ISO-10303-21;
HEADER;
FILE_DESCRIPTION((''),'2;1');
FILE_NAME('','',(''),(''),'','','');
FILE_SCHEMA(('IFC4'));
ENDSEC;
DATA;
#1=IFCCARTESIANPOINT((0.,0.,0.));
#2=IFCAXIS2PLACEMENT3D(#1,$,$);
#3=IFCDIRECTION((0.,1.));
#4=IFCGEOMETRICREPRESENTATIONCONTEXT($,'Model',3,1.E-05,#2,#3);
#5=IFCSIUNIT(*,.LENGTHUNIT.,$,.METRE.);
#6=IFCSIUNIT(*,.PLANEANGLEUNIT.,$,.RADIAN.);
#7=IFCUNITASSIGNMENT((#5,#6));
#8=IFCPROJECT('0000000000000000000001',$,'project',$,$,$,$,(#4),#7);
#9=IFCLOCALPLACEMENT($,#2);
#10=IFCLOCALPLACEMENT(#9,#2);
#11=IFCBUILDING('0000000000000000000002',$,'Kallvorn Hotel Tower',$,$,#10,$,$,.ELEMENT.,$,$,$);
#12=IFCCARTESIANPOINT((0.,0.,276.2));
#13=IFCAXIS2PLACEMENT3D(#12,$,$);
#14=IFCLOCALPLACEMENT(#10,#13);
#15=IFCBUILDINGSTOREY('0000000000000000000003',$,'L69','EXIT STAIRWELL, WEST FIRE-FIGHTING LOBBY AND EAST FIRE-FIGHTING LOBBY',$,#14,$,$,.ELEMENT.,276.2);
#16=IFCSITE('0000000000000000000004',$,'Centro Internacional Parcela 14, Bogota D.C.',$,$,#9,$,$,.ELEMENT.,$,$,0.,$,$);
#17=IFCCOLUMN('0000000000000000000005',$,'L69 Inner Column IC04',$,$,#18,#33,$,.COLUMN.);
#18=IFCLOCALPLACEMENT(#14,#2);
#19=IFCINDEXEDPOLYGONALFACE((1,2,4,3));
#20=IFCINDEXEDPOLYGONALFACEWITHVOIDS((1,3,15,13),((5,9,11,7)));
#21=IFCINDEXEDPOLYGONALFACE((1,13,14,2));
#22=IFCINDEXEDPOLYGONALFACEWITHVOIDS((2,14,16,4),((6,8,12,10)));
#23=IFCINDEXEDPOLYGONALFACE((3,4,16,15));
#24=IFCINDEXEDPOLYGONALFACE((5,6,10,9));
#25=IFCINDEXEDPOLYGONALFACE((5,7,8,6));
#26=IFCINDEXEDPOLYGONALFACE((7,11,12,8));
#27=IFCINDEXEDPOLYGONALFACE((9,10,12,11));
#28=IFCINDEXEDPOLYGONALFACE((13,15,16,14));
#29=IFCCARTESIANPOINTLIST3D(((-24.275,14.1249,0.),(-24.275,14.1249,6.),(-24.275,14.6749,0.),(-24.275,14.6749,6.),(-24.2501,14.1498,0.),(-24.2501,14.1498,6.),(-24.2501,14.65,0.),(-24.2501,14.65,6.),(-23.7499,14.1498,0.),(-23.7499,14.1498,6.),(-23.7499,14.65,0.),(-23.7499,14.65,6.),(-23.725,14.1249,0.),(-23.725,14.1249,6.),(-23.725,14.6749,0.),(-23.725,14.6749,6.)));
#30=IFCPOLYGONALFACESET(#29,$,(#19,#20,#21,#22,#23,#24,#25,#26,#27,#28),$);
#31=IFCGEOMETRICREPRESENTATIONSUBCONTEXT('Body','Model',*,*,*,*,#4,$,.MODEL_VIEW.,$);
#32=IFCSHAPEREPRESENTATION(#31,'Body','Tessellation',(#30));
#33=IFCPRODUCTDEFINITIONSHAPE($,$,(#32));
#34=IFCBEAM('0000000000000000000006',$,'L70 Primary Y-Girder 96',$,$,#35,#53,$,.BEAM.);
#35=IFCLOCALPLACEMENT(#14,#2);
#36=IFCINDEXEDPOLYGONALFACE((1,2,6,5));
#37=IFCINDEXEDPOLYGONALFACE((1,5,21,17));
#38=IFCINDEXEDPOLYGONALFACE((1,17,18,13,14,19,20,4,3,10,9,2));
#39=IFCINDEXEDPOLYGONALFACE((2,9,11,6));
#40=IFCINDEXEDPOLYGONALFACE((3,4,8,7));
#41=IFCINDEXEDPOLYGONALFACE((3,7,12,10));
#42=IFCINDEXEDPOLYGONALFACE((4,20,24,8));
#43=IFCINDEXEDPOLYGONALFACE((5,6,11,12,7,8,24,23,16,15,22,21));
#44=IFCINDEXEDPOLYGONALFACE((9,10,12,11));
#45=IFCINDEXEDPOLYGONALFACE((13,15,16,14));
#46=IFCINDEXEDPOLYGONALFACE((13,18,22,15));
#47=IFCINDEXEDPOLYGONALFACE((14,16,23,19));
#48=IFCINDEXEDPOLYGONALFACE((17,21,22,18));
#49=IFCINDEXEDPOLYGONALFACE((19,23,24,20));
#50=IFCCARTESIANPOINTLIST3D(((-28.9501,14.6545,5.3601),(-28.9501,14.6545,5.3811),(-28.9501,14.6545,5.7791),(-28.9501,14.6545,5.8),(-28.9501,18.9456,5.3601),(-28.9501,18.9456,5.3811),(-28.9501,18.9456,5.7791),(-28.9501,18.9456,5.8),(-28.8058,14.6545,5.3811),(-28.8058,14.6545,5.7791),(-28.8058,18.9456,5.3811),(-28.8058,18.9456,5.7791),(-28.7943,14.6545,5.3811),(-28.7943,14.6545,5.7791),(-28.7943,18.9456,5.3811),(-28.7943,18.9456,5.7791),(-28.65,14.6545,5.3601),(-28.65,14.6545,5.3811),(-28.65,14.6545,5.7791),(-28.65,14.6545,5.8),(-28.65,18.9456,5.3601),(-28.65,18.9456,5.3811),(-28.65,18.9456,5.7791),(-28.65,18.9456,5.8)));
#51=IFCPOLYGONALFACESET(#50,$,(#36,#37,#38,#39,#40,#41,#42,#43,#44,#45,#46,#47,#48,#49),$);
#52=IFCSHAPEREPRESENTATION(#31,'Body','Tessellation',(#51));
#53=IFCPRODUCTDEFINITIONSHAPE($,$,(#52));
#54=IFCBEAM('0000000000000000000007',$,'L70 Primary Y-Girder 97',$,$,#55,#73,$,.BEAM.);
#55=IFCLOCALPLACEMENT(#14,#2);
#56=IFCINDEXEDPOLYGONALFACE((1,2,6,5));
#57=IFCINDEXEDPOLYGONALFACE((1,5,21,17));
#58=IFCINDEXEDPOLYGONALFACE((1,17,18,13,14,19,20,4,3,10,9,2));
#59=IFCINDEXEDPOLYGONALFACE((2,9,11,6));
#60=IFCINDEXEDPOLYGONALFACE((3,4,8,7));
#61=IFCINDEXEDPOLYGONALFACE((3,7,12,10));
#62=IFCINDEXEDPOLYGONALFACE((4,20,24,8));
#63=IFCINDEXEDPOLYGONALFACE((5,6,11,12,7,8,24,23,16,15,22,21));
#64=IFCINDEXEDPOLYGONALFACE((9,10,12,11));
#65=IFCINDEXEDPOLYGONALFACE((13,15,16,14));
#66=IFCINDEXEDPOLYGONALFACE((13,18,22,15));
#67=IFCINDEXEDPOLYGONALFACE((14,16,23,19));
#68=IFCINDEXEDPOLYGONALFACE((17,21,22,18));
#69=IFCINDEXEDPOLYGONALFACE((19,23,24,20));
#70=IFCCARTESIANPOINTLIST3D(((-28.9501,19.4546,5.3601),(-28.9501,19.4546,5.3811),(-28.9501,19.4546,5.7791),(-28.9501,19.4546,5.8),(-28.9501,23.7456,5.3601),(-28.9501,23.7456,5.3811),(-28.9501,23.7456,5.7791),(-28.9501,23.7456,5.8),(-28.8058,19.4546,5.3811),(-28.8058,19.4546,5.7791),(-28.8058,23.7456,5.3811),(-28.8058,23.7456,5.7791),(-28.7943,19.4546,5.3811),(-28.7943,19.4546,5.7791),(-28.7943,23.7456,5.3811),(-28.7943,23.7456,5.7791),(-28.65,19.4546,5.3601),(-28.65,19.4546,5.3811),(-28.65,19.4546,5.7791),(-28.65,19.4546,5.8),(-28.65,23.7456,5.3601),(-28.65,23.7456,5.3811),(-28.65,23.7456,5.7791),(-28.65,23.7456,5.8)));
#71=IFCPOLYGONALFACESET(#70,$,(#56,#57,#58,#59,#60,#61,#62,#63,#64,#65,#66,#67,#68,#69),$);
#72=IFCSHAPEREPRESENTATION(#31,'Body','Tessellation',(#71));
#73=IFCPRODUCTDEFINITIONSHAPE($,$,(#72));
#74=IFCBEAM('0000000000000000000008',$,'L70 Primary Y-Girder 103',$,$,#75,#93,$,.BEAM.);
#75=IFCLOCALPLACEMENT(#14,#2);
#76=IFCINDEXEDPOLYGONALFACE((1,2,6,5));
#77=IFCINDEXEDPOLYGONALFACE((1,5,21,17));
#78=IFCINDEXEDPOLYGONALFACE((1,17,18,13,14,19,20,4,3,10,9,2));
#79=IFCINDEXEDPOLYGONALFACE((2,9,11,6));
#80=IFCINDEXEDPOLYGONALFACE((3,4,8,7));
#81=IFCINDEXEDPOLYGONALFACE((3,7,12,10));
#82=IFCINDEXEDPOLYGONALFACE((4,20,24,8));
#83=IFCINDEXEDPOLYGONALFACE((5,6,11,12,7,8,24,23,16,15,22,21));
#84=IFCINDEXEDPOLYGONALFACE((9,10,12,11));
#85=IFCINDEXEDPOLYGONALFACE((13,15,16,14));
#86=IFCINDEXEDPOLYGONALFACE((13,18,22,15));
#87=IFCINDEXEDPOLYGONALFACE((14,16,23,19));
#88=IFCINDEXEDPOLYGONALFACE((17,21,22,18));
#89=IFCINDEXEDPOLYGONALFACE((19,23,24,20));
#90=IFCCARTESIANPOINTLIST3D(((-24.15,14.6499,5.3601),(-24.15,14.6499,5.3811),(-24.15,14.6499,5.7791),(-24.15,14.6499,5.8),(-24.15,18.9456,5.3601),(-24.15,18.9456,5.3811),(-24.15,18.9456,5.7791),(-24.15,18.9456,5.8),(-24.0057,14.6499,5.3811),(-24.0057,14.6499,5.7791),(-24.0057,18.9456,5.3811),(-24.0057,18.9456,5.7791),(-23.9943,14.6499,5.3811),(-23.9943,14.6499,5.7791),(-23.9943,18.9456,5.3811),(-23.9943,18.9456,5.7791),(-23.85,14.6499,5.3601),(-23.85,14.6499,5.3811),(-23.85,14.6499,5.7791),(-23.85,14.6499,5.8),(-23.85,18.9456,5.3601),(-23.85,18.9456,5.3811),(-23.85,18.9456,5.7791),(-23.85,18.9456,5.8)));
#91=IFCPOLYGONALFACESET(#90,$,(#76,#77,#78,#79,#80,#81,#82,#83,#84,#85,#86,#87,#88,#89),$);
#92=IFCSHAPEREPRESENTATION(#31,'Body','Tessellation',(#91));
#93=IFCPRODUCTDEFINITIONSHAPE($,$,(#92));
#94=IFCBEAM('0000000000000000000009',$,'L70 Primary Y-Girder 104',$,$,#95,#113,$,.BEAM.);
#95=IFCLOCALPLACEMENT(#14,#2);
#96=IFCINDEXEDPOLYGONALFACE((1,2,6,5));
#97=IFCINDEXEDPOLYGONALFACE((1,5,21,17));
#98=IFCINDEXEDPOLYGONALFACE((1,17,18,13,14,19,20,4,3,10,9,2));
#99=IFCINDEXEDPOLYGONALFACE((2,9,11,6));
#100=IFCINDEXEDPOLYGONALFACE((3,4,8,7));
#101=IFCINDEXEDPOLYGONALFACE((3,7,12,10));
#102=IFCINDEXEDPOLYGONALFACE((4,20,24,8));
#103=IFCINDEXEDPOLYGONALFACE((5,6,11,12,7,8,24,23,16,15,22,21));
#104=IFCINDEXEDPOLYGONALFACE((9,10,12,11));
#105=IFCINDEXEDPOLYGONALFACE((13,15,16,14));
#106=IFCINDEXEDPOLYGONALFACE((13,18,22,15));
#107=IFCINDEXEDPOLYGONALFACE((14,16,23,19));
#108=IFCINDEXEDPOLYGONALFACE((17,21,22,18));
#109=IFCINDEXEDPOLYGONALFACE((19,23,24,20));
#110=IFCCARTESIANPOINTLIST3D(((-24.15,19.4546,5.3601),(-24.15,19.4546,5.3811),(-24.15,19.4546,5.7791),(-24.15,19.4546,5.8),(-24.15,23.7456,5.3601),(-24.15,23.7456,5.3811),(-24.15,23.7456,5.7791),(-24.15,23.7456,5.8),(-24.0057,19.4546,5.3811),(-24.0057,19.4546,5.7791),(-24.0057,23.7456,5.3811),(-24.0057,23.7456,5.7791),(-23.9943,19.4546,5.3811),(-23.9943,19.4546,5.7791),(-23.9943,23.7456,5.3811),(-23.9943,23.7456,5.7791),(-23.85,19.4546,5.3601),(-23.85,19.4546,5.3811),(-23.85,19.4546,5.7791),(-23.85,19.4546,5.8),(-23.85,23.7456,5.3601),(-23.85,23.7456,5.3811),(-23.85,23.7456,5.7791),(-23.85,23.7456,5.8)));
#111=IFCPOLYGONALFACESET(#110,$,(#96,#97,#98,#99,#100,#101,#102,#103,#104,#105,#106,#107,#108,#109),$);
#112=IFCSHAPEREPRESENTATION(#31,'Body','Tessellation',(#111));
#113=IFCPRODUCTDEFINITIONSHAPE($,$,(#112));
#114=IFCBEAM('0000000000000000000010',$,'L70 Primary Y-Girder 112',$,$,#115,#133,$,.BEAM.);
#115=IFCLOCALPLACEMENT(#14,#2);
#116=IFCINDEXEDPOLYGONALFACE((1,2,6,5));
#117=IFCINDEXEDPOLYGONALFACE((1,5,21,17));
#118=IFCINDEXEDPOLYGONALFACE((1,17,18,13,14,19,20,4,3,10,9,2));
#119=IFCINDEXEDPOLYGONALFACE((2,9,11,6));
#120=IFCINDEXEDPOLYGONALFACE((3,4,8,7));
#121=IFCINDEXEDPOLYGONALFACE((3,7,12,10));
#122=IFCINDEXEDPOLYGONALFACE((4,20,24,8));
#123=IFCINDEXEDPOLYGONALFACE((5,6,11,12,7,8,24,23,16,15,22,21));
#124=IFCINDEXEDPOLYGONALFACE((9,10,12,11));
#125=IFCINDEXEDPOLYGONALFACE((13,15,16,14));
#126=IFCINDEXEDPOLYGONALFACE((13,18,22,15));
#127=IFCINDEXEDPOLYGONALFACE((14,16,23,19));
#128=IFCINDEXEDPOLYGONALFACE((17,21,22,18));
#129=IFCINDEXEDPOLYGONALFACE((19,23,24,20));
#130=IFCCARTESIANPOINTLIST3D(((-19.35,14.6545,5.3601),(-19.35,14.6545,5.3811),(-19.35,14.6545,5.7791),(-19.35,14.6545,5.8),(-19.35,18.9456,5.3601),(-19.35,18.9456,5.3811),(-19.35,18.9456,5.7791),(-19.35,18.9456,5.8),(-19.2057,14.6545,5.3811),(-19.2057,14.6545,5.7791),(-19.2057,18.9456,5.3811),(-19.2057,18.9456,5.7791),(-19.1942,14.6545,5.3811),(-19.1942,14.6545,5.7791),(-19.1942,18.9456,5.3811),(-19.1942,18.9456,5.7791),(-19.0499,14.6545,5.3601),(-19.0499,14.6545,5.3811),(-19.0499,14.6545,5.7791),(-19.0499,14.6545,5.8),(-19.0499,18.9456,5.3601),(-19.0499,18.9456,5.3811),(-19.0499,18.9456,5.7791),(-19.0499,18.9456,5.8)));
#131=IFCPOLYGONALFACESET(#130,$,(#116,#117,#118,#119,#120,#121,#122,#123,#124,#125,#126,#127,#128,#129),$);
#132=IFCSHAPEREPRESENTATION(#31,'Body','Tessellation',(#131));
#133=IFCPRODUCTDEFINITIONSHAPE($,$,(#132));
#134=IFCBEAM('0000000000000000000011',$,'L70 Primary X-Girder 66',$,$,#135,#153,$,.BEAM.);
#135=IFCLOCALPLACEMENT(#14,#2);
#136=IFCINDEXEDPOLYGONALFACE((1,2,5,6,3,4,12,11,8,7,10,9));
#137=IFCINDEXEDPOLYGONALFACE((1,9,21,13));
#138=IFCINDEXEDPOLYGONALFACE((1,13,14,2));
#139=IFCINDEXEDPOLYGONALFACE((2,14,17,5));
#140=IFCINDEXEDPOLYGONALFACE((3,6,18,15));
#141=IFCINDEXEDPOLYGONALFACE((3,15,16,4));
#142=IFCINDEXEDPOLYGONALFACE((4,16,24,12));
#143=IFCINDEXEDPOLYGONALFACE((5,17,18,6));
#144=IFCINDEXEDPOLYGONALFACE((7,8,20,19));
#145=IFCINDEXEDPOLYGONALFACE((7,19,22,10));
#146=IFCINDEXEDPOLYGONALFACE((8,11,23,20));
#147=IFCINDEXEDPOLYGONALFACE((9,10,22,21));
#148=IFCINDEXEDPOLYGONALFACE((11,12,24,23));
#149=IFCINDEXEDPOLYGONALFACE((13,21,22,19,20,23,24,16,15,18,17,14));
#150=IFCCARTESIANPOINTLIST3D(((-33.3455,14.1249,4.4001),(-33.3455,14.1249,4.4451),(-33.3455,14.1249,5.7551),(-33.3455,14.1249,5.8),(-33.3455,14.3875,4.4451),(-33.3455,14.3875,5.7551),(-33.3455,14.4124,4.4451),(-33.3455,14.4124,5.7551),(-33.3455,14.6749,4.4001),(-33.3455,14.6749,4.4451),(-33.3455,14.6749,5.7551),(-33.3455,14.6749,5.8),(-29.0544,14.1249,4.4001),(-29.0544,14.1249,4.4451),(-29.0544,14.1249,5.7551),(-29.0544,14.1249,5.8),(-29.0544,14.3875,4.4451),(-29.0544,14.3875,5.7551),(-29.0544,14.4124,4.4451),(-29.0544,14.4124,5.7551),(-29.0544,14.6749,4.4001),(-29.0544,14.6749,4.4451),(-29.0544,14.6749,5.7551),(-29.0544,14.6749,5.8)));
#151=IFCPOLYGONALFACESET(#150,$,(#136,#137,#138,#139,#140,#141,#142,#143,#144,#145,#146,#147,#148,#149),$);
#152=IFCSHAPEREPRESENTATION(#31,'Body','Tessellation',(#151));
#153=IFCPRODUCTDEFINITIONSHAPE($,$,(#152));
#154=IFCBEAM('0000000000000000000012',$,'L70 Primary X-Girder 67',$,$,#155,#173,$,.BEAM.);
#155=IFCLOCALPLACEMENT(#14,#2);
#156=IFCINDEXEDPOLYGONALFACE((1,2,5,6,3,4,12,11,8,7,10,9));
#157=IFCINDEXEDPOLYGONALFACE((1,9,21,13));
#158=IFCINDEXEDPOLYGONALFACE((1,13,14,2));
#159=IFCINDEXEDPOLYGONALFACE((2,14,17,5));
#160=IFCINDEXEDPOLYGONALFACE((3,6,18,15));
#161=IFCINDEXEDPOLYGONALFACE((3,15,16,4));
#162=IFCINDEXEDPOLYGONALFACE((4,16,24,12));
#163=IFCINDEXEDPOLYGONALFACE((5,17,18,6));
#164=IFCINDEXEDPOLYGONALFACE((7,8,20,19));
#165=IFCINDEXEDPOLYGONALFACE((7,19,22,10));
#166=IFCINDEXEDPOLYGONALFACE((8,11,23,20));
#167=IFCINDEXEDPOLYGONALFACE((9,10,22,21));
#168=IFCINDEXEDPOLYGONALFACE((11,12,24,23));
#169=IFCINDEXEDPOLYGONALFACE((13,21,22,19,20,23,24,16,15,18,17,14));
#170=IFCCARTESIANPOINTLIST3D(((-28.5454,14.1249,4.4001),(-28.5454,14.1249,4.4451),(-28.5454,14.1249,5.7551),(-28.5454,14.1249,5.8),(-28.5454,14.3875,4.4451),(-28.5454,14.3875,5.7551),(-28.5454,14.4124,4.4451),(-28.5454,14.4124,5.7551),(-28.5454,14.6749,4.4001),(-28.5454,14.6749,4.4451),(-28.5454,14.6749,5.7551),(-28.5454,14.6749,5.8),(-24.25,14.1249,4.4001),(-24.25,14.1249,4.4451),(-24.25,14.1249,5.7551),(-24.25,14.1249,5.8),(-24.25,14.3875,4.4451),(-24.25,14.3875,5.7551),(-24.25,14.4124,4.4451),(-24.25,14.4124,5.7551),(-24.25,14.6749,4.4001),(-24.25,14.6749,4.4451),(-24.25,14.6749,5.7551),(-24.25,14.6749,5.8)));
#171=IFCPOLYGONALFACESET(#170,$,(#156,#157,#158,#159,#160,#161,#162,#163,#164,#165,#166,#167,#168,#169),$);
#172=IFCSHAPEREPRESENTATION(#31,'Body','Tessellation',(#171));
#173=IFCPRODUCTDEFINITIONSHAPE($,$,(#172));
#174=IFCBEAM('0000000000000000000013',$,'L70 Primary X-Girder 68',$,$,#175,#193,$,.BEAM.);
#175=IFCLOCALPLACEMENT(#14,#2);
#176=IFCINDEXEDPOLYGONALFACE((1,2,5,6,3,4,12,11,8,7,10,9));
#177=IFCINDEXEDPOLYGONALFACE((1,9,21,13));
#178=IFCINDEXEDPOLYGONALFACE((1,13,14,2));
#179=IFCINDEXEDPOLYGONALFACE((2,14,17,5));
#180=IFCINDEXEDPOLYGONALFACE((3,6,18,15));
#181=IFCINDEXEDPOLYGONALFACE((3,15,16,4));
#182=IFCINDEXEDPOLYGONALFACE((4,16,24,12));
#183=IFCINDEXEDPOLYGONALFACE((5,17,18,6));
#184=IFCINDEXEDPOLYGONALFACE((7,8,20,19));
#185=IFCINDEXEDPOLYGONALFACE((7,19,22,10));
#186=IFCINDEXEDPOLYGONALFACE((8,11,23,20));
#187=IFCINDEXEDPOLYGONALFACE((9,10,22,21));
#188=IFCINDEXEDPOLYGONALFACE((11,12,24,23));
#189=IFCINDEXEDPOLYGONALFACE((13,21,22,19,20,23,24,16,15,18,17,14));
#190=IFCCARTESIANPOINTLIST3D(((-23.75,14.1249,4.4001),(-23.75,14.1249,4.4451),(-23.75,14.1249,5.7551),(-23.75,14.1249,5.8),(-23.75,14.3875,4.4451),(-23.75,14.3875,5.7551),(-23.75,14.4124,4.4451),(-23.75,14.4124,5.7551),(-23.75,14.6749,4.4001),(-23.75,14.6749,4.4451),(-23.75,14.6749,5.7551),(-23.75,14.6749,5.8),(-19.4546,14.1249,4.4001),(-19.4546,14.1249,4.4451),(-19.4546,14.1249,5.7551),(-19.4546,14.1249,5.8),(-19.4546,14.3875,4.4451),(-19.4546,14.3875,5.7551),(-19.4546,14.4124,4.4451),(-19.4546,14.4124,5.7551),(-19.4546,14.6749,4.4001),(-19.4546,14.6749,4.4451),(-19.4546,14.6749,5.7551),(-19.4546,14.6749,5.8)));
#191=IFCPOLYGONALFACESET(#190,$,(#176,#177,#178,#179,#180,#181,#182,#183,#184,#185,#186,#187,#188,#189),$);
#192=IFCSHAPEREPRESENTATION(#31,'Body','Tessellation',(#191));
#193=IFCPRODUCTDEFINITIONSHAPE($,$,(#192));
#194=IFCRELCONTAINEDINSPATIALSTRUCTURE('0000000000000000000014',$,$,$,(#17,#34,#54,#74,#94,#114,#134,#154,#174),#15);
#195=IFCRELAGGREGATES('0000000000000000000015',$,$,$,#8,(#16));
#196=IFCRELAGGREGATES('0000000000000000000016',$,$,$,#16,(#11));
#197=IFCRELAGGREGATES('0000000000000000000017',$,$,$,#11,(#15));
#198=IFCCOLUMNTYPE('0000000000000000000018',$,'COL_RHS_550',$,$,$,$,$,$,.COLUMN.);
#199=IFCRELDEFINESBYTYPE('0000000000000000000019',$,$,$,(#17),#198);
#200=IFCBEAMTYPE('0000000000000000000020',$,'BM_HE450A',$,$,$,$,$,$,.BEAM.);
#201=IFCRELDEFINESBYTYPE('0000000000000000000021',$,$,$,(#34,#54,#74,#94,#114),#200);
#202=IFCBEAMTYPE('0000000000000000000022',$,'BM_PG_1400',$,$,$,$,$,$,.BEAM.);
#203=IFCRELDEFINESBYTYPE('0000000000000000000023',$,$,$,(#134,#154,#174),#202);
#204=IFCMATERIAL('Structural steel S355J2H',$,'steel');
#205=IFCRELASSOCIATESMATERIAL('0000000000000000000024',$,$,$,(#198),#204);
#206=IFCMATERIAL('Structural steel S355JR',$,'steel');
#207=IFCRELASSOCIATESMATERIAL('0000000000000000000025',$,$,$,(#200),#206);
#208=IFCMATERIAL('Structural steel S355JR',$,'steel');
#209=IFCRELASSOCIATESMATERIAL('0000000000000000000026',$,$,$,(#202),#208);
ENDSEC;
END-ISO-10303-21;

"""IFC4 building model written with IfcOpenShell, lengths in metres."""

from ifc_helpers import new_model, si_unit, direction, frame, origin, origin_2d, place, context, subcontext, project, spatial, hollow_rectangle, i_section, extrude, material, material_profile, profile_set, type_object, element, save


model = new_model("IFC4")

# Units and contexts
model_context = context("Model", 3, precision=1e-05, world=origin(), true_north=direction((0.0, 1.0)))
body_context = subcontext(model_context, "Body", "Model", "MODEL_VIEW")
ifc_project = project(units=[si_unit("LENGTHUNIT", "METRE"), si_unit("PLANEANGLEUNIT", "RADIAN")], contexts=[model_context])

# Site, building, storey
site_placement = place(None, origin())
site = spatial("IfcSite", under=ifc_project, at=site_placement, Name="Centro Internacional Parcela 14, Bogota D.C.", CompositionType="ELEMENT", RefElevation=0.0)
building_placement = place(site_placement, origin())
building = spatial("IfcBuilding", under=site, at=building_placement, Name="Kallvorn Hotel Tower", CompositionType="ELEMENT")
storey_placement = place(building_placement, frame((0.0, 0.0, 276.2)))
storey = spatial("IfcBuildingStorey", under=building, at=storey_placement, Name="L69", Description="EXIT STAIRWELL, WEST FIRE-FIGHTING LOBBY AND EAST FIRE-FIGHTING LOBBY", CompositionType="ELEMENT", Elevation=276.2)

# Column
ifc_material_1 = material(Name="Structural steel S355J2H", Category="steel")
ifc_material_profile_1 = material_profile(ifc_material_1, hollow_rectangle(XDim=0.55, YDim=0.55, WallThickness=0.0249, at=origin_2d()), Name="RHS 550x550x25")
ifc_profile_set_1 = profile_set([ifc_material_profile_1], Name="Structural steel S355J2H")
column_type_1 = type_object("IfcColumnType", Name="COL_RHS_550", PredefinedType="COLUMN", material=ifc_profile_set_1)
column_placement = place(storey_placement, frame((-24.0, 14.3999, 0.0), z_axis=(0.0, 0.0, 1.0), x_axis=(1.0, 0.0, 0.0)))
element("IfcColumn", 1, at=column_placement, inside=storey, type_object=column_type_1, Name="L69 Inner Column IC04", PredefinedType="COLUMN", context=body_context, shape_type="SweptSolid", body=[
    extrude(hollow_rectangle(XDim=0.55, YDim=0.55, WallThickness=0.0249, at=origin_2d()), origin(), (0.0, 0.0, 1.0), 6.0),
])

# Beams
ifc_material_2 = material(Name="Structural steel S355JR", Category="steel")
ifc_material_profile_2 = material_profile(ifc_material_2, i_section(OverallWidth=0.3, OverallDepth=0.4399, WebThickness=0.0115, FlangeThickness=0.021, at=origin_2d()), Name="HE 450 A")
ifc_profile_set_2 = profile_set([ifc_material_profile_2], Name="Structural steel S355JR")
beam_type_1 = type_object("IfcBeamType", Name="BM_HE450A", PredefinedType="BEAM", material=ifc_profile_set_2)
for number, where, z_axis, x_axis, name in (
    (2, (-28.8, 14.6545, 5.5801), (0.0, 1.0, 0.0), (-1.0, 0.0, 0.0), "L70 Primary Y-Girder 96"),
    (3, (-28.8, 19.4546, 5.5801), (0.0, 1.0, 0.0), (-1.0, 0.0, 0.0), "L70 Primary Y-Girder 97"),
):
    element("IfcBeam", number, at=place(storey_placement, frame(where, z_axis=z_axis, x_axis=x_axis)), inside=storey, type_object=beam_type_1, Name=name, PredefinedType="BEAM", context=body_context, shape_type="SweptSolid", body=[
        extrude(i_section(OverallWidth=0.3, OverallDepth=0.4399, WebThickness=0.0115, FlangeThickness=0.021, at=origin_2d()), origin(), (0.0, 0.0, 1.0), 4.291),
    ])
beam_1_placement = place(storey_placement, frame((-24.0, 14.6499, 5.5801), z_axis=(0.0, 1.0, 0.0), x_axis=(-1.0, 0.0, 0.0)))
element("IfcBeam", 4, at=beam_1_placement, inside=storey, type_object=beam_type_1, Name="L70 Primary Y-Girder 103", PredefinedType="BEAM", context=body_context, shape_type="SweptSolid", body=[
    extrude(i_section(OverallWidth=0.3, OverallDepth=0.4399, WebThickness=0.0115, FlangeThickness=0.021, at=origin_2d()), origin(), (0.0, 0.0, 1.0), 4.2957),
])
for number, where, z_axis, x_axis, name in (
    (5, (-24.0, 19.4546, 5.5801), (0.0, 1.0, 0.0), (-1.0, 0.0, 0.0), "L70 Primary Y-Girder 104"),
    (6, (-19.2, 14.6545, 5.5801), (0.0, 1.0, 0.0), (-1.0, 0.0, 0.0), "L70 Primary Y-Girder 112"),
):
    element("IfcBeam", number, at=place(storey_placement, frame(where, z_axis=z_axis, x_axis=x_axis)), inside=storey, type_object=beam_type_1, Name=name, PredefinedType="BEAM", context=body_context, shape_type="SweptSolid", body=[
        extrude(i_section(OverallWidth=0.3, OverallDepth=0.4399, WebThickness=0.0115, FlangeThickness=0.021, at=origin_2d()), origin(), (0.0, 0.0, 1.0), 4.291),
    ])
ifc_material_3 = material(Name="Structural steel S355JR", Category="steel")
ifc_material_profile_3 = material_profile(ifc_material_3, i_section(OverallWidth=0.55, OverallDepth=1.3999, WebThickness=0.0249, FlangeThickness=0.0449, at=origin_2d()), Name="PG 1400x550x25x45")
ifc_profile_set_3 = profile_set([ifc_material_profile_3], Name="Structural steel S355JR")
beam_type_2 = type_object("IfcBeamType", Name="BM_PG_1400", PredefinedType="BEAM", material=ifc_profile_set_3)
beam_2_placement = place(storey_placement, frame((-33.3455, 14.3999, 5.1001), z_axis=(1.0, 0.0, 0.0), x_axis=(0.0, 1.0, 0.0)))
element("IfcBeam", 7, at=beam_2_placement, inside=storey, type_object=beam_type_2, Name="L70 Primary X-Girder 66", PredefinedType="BEAM", context=body_context, shape_type="SweptSolid", body=[
    extrude(i_section(OverallWidth=0.55, OverallDepth=1.3999, WebThickness=0.0249, FlangeThickness=0.0449, at=origin_2d()), origin(), (0.0, 0.0, 1.0), 4.291),
])
for number, where, z_axis, x_axis, name in (
    (8, (-28.5454, 14.3999, 5.1001), (1.0, 0.0, 0.0), (0.0, 1.0, 0.0), "L70 Primary X-Girder 67"),
    (9, (-23.75, 14.3999, 5.1001), (1.0, 0.0, 0.0), (0.0, 1.0, 0.0), "L70 Primary X-Girder 68"),
):
    element("IfcBeam", number, at=place(storey_placement, frame(where, z_axis=z_axis, x_axis=x_axis)), inside=storey, type_object=beam_type_2, Name=name, PredefinedType="BEAM", context=body_context, shape_type="SweptSolid", body=[
        extrude(i_section(OverallWidth=0.55, OverallDepth=1.3999, WebThickness=0.0249, FlangeThickness=0.0449, at=origin_2d()), origin(), (0.0, 0.0, 1.0), 4.2954),
    ])

save(model, "model.ifc")
